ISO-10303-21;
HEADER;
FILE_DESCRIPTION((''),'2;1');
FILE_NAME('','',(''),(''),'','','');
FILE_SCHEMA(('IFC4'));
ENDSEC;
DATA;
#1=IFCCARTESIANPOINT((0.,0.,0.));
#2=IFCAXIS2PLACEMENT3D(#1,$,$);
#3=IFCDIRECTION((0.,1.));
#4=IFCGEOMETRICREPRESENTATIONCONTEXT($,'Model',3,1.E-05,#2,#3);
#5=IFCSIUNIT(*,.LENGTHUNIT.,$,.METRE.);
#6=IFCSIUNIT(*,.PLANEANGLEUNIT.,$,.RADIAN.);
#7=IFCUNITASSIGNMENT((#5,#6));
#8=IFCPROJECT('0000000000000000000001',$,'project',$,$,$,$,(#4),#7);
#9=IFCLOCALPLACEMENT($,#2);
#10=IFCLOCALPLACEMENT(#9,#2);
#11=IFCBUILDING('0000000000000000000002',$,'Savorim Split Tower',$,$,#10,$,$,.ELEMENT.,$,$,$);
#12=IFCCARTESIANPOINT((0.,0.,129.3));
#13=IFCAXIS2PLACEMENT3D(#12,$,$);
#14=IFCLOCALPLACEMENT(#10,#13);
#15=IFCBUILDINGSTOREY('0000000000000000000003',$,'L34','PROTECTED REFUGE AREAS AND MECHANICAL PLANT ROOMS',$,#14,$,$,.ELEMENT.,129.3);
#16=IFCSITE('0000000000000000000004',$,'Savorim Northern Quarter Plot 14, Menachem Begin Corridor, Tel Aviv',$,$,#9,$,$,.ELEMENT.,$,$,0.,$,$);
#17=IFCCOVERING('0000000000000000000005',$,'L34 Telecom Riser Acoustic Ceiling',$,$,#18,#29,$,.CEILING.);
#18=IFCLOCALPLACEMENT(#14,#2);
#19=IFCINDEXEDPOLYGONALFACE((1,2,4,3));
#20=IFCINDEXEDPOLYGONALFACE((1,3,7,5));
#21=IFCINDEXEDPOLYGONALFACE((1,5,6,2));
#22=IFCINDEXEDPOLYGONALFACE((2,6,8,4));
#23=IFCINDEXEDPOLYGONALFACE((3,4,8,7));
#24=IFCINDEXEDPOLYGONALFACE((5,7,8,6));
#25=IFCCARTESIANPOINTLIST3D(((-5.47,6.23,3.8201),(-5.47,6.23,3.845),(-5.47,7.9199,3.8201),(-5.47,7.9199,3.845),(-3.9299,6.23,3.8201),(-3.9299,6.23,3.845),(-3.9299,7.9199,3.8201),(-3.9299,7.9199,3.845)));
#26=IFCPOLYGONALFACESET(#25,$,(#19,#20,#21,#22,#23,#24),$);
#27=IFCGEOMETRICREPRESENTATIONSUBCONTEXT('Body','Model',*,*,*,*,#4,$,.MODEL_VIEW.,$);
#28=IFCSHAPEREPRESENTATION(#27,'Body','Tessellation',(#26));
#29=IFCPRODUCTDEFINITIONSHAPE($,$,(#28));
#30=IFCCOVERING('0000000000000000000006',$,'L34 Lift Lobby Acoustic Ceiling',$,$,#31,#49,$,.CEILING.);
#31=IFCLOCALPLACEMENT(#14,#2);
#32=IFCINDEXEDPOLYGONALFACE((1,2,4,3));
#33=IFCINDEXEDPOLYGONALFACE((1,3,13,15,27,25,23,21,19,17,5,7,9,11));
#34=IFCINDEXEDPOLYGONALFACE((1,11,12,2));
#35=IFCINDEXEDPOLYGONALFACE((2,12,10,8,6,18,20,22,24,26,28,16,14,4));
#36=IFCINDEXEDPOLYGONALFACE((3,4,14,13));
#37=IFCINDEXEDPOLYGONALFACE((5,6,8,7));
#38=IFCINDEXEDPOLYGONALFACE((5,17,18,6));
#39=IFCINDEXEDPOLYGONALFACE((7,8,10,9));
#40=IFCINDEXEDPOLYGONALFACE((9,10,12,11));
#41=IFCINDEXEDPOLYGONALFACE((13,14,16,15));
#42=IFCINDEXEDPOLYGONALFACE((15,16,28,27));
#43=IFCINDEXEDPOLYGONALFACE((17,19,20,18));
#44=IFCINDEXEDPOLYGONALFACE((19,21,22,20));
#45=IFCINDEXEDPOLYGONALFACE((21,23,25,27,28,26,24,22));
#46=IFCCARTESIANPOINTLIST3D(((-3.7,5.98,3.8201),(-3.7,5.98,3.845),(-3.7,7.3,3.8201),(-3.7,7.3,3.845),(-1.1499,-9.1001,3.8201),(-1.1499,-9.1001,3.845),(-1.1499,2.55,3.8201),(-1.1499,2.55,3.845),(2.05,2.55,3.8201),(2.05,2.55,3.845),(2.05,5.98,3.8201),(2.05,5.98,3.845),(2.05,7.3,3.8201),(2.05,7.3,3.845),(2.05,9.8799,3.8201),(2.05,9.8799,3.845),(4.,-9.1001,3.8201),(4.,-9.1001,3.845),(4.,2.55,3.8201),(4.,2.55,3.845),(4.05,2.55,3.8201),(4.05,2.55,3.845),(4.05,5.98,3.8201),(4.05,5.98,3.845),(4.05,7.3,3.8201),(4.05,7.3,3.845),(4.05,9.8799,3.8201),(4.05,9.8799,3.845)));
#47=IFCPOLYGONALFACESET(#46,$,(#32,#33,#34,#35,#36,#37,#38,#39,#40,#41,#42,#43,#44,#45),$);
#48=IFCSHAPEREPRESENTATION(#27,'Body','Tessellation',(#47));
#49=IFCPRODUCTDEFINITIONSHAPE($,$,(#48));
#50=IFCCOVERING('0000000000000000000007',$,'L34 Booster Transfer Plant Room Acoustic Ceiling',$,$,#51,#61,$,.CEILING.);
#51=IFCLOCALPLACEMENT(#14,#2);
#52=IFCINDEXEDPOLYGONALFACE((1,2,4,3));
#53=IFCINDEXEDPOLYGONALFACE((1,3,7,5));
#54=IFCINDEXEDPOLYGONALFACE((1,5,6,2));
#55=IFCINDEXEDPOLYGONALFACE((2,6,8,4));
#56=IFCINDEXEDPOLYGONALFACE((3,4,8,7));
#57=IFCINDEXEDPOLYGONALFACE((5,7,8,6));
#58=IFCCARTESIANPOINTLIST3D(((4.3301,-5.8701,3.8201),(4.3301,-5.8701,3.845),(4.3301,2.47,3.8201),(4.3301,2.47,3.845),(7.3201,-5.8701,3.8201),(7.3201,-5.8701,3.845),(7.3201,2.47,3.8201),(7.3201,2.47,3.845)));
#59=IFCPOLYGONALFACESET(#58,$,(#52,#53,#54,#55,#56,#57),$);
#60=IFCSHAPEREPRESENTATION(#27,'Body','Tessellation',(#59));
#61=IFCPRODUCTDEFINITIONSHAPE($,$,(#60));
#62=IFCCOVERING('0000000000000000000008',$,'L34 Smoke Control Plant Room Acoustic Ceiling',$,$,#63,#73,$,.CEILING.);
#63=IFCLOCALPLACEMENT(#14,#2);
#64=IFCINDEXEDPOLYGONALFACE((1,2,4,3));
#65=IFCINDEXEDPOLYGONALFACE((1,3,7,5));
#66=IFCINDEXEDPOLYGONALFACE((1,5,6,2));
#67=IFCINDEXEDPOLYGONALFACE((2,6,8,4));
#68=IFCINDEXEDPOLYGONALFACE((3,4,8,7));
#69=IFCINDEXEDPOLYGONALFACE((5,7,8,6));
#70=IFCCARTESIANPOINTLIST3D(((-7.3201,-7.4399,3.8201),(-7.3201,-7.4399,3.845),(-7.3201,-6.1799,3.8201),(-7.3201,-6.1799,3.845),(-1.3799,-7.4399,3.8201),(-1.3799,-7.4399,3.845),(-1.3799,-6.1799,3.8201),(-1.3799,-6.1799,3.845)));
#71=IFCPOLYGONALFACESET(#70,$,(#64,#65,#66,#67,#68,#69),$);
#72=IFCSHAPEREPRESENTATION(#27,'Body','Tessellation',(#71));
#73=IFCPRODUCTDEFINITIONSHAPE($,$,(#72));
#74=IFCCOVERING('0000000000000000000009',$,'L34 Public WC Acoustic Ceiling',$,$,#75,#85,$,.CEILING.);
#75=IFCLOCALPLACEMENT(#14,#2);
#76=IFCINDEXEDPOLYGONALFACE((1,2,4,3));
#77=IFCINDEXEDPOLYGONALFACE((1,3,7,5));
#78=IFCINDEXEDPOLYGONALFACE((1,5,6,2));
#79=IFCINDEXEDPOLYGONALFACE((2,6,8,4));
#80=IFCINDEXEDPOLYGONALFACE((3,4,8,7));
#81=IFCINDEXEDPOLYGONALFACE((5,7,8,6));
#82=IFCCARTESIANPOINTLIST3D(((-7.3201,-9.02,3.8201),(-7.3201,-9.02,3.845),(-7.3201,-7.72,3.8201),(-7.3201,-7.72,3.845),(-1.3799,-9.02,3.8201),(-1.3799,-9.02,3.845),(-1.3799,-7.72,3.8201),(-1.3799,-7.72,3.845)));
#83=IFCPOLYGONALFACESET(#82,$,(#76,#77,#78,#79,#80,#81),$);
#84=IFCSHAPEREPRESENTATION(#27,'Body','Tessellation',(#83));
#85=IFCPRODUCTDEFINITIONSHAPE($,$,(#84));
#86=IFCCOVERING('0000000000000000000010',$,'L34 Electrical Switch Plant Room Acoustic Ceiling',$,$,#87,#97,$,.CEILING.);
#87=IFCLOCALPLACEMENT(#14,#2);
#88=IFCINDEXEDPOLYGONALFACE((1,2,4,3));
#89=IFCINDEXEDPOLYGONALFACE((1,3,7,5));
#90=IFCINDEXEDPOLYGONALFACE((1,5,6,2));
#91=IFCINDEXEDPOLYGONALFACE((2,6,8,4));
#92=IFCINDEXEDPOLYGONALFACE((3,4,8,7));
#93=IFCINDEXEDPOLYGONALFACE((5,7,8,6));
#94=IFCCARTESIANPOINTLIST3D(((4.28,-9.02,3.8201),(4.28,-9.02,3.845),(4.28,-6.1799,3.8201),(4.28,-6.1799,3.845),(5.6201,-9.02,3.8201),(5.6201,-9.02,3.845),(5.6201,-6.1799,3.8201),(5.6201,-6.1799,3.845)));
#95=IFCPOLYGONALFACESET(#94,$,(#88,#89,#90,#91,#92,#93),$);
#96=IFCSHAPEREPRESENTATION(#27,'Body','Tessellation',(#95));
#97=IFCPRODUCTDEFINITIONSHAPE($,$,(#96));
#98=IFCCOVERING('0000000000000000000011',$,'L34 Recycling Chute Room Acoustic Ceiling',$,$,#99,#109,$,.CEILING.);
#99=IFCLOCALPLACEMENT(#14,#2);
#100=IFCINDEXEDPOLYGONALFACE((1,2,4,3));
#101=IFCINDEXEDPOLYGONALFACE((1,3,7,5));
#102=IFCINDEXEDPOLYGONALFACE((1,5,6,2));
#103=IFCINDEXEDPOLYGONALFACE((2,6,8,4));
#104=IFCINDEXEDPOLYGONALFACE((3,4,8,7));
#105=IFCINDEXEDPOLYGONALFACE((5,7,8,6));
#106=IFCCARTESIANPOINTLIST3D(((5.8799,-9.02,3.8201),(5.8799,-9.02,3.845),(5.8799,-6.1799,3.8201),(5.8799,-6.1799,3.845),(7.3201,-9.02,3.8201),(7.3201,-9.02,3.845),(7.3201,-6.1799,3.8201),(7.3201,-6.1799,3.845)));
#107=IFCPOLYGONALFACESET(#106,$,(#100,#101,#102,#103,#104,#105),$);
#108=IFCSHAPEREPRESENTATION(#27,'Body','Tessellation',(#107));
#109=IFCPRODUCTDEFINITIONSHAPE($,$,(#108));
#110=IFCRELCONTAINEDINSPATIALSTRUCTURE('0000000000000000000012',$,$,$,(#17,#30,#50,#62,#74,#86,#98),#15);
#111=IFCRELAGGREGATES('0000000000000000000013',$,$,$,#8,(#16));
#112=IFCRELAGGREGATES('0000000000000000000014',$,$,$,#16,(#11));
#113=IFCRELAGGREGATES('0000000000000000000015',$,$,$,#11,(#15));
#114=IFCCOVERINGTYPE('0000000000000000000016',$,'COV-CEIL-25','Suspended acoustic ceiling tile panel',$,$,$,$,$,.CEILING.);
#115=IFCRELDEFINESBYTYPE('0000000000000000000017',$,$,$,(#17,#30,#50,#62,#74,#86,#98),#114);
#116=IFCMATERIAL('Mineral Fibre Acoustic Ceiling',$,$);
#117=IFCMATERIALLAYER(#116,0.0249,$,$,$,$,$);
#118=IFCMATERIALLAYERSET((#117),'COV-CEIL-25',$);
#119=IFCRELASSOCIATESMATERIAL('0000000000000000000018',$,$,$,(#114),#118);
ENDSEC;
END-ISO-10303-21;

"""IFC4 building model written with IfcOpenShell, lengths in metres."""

from ifc_helpers import new_model, si_unit, direction, frame, origin, place, context, subcontext, project, spatial, polyline, outline, extrude, material, layer, layer_set, type_object, element, save


model = new_model("IFC4")

# Units and contexts
model_context = context("Model", 3, precision=1e-05, world=origin(), true_north=direction((0.0, 1.0)))
body_context = subcontext(model_context, "Body", "Model", "MODEL_VIEW")
ifc_project = project(units=[si_unit("LENGTHUNIT", "METRE"), si_unit("PLANEANGLEUNIT", "RADIAN")], contexts=[model_context])

# Site, building, storey
site_placement = place(None, origin())
site = spatial("IfcSite", under=ifc_project, at=site_placement, Name="Savorim Northern Quarter Plot 14, Menachem Begin Corridor, Tel Aviv", CompositionType="ELEMENT", RefElevation=0.0)
building_placement = place(site_placement, origin())
building = spatial("IfcBuilding", under=site, at=building_placement, Name="Savorim Split Tower", CompositionType="ELEMENT")
storey_placement = place(building_placement, frame((0.0, 0.0, 129.3)))
storey = spatial("IfcBuildingStorey", under=building, at=storey_placement, Name="L34", Description="PROTECTED REFUGE AREAS AND MECHANICAL PLANT ROOMS", CompositionType="ELEMENT", Elevation=129.3)

# Coverings
ifc_material_1 = material(Name="Mineral Fibre Acoustic Ceiling")
ifc_layer_1 = layer(ifc_material_1, 0.0249)
ifc_layer_set_1 = layer_set([ifc_layer_1], Name="COV-CEIL-25")
covering_type_1 = type_object("IfcCoveringType", Name="COV-CEIL-25", Description="Suspended acoustic ceiling tile panel", PredefinedType="CEILING", material=ifc_layer_set_1)
covering_1_placement = place(storey_placement, frame((0.0, 0.0, 3.8201)))
element("IfcCovering", 1, at=covering_1_placement, inside=storey, type_object=covering_type_1, Name="L34 Telecom Riser Acoustic Ceiling", PredefinedType="CEILING", context=body_context, shape_type="SweptSolid", body=[
    extrude(outline(polyline([(-5.47, 7.9199), (-5.47, 6.23), (-3.9299, 6.23), (-3.9299, 7.9199), (-5.47, 7.9199)])), origin(), (0.0, 0.0, 1.0), 0.0249),
])
covering_2_placement = place(storey_placement, frame((0.0, 0.0, 3.8201)))
element("IfcCovering", 2, at=covering_2_placement, inside=storey, type_object=covering_type_1, Name="L34 Lift Lobby Acoustic Ceiling", PredefinedType="CEILING", context=body_context, shape_type="SweptSolid", body=[
    extrude(outline(polyline([(2.05, 2.55), (-1.1499, 2.55), (-1.1499, -9.1001), (4.0, -9.1001), (4.0, 2.55), (4.05, 2.55), (4.05, 5.98), (4.05, 7.3), (4.05, 9.8799), (2.05, 9.8799), (2.05, 7.3), (-3.7, 7.3), (-3.7, 5.98), (2.05, 5.98), (2.05, 2.55)])), origin(), (0.0, 0.0, 1.0), 0.0249),
])
covering_3_placement = place(storey_placement, frame((0.0, 0.0, 3.8201)))
element("IfcCovering", 3, at=covering_3_placement, inside=storey, type_object=covering_type_1, Name="L34 Booster Transfer Plant Room Acoustic Ceiling", PredefinedType="CEILING", context=body_context, shape_type="SweptSolid", body=[
    extrude(outline(polyline([(4.3301, 2.47), (4.3301, -5.8701), (7.3201, -5.8701), (7.3201, 2.47), (4.3301, 2.47)])), origin(), (0.0, 0.0, 1.0), 0.0249),
])
covering_4_placement = place(storey_placement, frame((0.0, 0.0, 3.8201)))
element("IfcCovering", 4, at=covering_4_placement, inside=storey, type_object=covering_type_1, Name="L34 Smoke Control Plant Room Acoustic Ceiling", PredefinedType="CEILING", context=body_context, shape_type="SweptSolid", body=[
    extrude(outline(polyline([(-7.3201, -6.1799), (-7.3201, -7.4399), (-1.3799, -7.4399), (-1.3799, -6.1799), (-7.3201, -6.1799)])), origin(), (0.0, 0.0, 1.0), 0.0249),
])
covering_5_placement = place(storey_placement, frame((0.0, 0.0, 3.8201)))
element("IfcCovering", 5, at=covering_5_placement, inside=storey, type_object=covering_type_1, Name="L34 Public WC Acoustic Ceiling", PredefinedType="CEILING", context=body_context, shape_type="SweptSolid", body=[
    extrude(outline(polyline([(-7.3201, -7.72), (-7.3201, -9.02), (-1.3799, -9.02), (-1.3799, -7.72), (-7.3201, -7.72)])), origin(), (0.0, 0.0, 1.0), 0.0249),
])
covering_6_placement = place(storey_placement, frame((0.0, 0.0, 3.8201)))
element("IfcCovering", 6, at=covering_6_placement, inside=storey, type_object=covering_type_1, Name="L34 Electrical Switch Plant Room Acoustic Ceiling", PredefinedType="CEILING", context=body_context, shape_type="SweptSolid", body=[
    extrude(outline(polyline([(4.28, -6.1799), (4.28, -9.02), (5.6201, -9.02), (5.6201, -6.1799), (4.28, -6.1799)])), origin(), (0.0, 0.0, 1.0), 0.0249),
])
covering_7_placement = place(storey_placement, frame((0.0, 0.0, 3.8201)))
element("IfcCovering", 7, at=covering_7_placement, inside=storey, type_object=covering_type_1, Name="L34 Recycling Chute Room Acoustic Ceiling", PredefinedType="CEILING", context=body_context, shape_type="SweptSolid", body=[
    extrude(outline(polyline([(5.8799, -6.1799), (5.8799, -9.02), (7.3201, -9.02), (7.3201, -6.1799), (5.8799, -6.1799)])), origin(), (0.0, 0.0, 1.0), 0.0249),
])

save(model, "model.ifc")
